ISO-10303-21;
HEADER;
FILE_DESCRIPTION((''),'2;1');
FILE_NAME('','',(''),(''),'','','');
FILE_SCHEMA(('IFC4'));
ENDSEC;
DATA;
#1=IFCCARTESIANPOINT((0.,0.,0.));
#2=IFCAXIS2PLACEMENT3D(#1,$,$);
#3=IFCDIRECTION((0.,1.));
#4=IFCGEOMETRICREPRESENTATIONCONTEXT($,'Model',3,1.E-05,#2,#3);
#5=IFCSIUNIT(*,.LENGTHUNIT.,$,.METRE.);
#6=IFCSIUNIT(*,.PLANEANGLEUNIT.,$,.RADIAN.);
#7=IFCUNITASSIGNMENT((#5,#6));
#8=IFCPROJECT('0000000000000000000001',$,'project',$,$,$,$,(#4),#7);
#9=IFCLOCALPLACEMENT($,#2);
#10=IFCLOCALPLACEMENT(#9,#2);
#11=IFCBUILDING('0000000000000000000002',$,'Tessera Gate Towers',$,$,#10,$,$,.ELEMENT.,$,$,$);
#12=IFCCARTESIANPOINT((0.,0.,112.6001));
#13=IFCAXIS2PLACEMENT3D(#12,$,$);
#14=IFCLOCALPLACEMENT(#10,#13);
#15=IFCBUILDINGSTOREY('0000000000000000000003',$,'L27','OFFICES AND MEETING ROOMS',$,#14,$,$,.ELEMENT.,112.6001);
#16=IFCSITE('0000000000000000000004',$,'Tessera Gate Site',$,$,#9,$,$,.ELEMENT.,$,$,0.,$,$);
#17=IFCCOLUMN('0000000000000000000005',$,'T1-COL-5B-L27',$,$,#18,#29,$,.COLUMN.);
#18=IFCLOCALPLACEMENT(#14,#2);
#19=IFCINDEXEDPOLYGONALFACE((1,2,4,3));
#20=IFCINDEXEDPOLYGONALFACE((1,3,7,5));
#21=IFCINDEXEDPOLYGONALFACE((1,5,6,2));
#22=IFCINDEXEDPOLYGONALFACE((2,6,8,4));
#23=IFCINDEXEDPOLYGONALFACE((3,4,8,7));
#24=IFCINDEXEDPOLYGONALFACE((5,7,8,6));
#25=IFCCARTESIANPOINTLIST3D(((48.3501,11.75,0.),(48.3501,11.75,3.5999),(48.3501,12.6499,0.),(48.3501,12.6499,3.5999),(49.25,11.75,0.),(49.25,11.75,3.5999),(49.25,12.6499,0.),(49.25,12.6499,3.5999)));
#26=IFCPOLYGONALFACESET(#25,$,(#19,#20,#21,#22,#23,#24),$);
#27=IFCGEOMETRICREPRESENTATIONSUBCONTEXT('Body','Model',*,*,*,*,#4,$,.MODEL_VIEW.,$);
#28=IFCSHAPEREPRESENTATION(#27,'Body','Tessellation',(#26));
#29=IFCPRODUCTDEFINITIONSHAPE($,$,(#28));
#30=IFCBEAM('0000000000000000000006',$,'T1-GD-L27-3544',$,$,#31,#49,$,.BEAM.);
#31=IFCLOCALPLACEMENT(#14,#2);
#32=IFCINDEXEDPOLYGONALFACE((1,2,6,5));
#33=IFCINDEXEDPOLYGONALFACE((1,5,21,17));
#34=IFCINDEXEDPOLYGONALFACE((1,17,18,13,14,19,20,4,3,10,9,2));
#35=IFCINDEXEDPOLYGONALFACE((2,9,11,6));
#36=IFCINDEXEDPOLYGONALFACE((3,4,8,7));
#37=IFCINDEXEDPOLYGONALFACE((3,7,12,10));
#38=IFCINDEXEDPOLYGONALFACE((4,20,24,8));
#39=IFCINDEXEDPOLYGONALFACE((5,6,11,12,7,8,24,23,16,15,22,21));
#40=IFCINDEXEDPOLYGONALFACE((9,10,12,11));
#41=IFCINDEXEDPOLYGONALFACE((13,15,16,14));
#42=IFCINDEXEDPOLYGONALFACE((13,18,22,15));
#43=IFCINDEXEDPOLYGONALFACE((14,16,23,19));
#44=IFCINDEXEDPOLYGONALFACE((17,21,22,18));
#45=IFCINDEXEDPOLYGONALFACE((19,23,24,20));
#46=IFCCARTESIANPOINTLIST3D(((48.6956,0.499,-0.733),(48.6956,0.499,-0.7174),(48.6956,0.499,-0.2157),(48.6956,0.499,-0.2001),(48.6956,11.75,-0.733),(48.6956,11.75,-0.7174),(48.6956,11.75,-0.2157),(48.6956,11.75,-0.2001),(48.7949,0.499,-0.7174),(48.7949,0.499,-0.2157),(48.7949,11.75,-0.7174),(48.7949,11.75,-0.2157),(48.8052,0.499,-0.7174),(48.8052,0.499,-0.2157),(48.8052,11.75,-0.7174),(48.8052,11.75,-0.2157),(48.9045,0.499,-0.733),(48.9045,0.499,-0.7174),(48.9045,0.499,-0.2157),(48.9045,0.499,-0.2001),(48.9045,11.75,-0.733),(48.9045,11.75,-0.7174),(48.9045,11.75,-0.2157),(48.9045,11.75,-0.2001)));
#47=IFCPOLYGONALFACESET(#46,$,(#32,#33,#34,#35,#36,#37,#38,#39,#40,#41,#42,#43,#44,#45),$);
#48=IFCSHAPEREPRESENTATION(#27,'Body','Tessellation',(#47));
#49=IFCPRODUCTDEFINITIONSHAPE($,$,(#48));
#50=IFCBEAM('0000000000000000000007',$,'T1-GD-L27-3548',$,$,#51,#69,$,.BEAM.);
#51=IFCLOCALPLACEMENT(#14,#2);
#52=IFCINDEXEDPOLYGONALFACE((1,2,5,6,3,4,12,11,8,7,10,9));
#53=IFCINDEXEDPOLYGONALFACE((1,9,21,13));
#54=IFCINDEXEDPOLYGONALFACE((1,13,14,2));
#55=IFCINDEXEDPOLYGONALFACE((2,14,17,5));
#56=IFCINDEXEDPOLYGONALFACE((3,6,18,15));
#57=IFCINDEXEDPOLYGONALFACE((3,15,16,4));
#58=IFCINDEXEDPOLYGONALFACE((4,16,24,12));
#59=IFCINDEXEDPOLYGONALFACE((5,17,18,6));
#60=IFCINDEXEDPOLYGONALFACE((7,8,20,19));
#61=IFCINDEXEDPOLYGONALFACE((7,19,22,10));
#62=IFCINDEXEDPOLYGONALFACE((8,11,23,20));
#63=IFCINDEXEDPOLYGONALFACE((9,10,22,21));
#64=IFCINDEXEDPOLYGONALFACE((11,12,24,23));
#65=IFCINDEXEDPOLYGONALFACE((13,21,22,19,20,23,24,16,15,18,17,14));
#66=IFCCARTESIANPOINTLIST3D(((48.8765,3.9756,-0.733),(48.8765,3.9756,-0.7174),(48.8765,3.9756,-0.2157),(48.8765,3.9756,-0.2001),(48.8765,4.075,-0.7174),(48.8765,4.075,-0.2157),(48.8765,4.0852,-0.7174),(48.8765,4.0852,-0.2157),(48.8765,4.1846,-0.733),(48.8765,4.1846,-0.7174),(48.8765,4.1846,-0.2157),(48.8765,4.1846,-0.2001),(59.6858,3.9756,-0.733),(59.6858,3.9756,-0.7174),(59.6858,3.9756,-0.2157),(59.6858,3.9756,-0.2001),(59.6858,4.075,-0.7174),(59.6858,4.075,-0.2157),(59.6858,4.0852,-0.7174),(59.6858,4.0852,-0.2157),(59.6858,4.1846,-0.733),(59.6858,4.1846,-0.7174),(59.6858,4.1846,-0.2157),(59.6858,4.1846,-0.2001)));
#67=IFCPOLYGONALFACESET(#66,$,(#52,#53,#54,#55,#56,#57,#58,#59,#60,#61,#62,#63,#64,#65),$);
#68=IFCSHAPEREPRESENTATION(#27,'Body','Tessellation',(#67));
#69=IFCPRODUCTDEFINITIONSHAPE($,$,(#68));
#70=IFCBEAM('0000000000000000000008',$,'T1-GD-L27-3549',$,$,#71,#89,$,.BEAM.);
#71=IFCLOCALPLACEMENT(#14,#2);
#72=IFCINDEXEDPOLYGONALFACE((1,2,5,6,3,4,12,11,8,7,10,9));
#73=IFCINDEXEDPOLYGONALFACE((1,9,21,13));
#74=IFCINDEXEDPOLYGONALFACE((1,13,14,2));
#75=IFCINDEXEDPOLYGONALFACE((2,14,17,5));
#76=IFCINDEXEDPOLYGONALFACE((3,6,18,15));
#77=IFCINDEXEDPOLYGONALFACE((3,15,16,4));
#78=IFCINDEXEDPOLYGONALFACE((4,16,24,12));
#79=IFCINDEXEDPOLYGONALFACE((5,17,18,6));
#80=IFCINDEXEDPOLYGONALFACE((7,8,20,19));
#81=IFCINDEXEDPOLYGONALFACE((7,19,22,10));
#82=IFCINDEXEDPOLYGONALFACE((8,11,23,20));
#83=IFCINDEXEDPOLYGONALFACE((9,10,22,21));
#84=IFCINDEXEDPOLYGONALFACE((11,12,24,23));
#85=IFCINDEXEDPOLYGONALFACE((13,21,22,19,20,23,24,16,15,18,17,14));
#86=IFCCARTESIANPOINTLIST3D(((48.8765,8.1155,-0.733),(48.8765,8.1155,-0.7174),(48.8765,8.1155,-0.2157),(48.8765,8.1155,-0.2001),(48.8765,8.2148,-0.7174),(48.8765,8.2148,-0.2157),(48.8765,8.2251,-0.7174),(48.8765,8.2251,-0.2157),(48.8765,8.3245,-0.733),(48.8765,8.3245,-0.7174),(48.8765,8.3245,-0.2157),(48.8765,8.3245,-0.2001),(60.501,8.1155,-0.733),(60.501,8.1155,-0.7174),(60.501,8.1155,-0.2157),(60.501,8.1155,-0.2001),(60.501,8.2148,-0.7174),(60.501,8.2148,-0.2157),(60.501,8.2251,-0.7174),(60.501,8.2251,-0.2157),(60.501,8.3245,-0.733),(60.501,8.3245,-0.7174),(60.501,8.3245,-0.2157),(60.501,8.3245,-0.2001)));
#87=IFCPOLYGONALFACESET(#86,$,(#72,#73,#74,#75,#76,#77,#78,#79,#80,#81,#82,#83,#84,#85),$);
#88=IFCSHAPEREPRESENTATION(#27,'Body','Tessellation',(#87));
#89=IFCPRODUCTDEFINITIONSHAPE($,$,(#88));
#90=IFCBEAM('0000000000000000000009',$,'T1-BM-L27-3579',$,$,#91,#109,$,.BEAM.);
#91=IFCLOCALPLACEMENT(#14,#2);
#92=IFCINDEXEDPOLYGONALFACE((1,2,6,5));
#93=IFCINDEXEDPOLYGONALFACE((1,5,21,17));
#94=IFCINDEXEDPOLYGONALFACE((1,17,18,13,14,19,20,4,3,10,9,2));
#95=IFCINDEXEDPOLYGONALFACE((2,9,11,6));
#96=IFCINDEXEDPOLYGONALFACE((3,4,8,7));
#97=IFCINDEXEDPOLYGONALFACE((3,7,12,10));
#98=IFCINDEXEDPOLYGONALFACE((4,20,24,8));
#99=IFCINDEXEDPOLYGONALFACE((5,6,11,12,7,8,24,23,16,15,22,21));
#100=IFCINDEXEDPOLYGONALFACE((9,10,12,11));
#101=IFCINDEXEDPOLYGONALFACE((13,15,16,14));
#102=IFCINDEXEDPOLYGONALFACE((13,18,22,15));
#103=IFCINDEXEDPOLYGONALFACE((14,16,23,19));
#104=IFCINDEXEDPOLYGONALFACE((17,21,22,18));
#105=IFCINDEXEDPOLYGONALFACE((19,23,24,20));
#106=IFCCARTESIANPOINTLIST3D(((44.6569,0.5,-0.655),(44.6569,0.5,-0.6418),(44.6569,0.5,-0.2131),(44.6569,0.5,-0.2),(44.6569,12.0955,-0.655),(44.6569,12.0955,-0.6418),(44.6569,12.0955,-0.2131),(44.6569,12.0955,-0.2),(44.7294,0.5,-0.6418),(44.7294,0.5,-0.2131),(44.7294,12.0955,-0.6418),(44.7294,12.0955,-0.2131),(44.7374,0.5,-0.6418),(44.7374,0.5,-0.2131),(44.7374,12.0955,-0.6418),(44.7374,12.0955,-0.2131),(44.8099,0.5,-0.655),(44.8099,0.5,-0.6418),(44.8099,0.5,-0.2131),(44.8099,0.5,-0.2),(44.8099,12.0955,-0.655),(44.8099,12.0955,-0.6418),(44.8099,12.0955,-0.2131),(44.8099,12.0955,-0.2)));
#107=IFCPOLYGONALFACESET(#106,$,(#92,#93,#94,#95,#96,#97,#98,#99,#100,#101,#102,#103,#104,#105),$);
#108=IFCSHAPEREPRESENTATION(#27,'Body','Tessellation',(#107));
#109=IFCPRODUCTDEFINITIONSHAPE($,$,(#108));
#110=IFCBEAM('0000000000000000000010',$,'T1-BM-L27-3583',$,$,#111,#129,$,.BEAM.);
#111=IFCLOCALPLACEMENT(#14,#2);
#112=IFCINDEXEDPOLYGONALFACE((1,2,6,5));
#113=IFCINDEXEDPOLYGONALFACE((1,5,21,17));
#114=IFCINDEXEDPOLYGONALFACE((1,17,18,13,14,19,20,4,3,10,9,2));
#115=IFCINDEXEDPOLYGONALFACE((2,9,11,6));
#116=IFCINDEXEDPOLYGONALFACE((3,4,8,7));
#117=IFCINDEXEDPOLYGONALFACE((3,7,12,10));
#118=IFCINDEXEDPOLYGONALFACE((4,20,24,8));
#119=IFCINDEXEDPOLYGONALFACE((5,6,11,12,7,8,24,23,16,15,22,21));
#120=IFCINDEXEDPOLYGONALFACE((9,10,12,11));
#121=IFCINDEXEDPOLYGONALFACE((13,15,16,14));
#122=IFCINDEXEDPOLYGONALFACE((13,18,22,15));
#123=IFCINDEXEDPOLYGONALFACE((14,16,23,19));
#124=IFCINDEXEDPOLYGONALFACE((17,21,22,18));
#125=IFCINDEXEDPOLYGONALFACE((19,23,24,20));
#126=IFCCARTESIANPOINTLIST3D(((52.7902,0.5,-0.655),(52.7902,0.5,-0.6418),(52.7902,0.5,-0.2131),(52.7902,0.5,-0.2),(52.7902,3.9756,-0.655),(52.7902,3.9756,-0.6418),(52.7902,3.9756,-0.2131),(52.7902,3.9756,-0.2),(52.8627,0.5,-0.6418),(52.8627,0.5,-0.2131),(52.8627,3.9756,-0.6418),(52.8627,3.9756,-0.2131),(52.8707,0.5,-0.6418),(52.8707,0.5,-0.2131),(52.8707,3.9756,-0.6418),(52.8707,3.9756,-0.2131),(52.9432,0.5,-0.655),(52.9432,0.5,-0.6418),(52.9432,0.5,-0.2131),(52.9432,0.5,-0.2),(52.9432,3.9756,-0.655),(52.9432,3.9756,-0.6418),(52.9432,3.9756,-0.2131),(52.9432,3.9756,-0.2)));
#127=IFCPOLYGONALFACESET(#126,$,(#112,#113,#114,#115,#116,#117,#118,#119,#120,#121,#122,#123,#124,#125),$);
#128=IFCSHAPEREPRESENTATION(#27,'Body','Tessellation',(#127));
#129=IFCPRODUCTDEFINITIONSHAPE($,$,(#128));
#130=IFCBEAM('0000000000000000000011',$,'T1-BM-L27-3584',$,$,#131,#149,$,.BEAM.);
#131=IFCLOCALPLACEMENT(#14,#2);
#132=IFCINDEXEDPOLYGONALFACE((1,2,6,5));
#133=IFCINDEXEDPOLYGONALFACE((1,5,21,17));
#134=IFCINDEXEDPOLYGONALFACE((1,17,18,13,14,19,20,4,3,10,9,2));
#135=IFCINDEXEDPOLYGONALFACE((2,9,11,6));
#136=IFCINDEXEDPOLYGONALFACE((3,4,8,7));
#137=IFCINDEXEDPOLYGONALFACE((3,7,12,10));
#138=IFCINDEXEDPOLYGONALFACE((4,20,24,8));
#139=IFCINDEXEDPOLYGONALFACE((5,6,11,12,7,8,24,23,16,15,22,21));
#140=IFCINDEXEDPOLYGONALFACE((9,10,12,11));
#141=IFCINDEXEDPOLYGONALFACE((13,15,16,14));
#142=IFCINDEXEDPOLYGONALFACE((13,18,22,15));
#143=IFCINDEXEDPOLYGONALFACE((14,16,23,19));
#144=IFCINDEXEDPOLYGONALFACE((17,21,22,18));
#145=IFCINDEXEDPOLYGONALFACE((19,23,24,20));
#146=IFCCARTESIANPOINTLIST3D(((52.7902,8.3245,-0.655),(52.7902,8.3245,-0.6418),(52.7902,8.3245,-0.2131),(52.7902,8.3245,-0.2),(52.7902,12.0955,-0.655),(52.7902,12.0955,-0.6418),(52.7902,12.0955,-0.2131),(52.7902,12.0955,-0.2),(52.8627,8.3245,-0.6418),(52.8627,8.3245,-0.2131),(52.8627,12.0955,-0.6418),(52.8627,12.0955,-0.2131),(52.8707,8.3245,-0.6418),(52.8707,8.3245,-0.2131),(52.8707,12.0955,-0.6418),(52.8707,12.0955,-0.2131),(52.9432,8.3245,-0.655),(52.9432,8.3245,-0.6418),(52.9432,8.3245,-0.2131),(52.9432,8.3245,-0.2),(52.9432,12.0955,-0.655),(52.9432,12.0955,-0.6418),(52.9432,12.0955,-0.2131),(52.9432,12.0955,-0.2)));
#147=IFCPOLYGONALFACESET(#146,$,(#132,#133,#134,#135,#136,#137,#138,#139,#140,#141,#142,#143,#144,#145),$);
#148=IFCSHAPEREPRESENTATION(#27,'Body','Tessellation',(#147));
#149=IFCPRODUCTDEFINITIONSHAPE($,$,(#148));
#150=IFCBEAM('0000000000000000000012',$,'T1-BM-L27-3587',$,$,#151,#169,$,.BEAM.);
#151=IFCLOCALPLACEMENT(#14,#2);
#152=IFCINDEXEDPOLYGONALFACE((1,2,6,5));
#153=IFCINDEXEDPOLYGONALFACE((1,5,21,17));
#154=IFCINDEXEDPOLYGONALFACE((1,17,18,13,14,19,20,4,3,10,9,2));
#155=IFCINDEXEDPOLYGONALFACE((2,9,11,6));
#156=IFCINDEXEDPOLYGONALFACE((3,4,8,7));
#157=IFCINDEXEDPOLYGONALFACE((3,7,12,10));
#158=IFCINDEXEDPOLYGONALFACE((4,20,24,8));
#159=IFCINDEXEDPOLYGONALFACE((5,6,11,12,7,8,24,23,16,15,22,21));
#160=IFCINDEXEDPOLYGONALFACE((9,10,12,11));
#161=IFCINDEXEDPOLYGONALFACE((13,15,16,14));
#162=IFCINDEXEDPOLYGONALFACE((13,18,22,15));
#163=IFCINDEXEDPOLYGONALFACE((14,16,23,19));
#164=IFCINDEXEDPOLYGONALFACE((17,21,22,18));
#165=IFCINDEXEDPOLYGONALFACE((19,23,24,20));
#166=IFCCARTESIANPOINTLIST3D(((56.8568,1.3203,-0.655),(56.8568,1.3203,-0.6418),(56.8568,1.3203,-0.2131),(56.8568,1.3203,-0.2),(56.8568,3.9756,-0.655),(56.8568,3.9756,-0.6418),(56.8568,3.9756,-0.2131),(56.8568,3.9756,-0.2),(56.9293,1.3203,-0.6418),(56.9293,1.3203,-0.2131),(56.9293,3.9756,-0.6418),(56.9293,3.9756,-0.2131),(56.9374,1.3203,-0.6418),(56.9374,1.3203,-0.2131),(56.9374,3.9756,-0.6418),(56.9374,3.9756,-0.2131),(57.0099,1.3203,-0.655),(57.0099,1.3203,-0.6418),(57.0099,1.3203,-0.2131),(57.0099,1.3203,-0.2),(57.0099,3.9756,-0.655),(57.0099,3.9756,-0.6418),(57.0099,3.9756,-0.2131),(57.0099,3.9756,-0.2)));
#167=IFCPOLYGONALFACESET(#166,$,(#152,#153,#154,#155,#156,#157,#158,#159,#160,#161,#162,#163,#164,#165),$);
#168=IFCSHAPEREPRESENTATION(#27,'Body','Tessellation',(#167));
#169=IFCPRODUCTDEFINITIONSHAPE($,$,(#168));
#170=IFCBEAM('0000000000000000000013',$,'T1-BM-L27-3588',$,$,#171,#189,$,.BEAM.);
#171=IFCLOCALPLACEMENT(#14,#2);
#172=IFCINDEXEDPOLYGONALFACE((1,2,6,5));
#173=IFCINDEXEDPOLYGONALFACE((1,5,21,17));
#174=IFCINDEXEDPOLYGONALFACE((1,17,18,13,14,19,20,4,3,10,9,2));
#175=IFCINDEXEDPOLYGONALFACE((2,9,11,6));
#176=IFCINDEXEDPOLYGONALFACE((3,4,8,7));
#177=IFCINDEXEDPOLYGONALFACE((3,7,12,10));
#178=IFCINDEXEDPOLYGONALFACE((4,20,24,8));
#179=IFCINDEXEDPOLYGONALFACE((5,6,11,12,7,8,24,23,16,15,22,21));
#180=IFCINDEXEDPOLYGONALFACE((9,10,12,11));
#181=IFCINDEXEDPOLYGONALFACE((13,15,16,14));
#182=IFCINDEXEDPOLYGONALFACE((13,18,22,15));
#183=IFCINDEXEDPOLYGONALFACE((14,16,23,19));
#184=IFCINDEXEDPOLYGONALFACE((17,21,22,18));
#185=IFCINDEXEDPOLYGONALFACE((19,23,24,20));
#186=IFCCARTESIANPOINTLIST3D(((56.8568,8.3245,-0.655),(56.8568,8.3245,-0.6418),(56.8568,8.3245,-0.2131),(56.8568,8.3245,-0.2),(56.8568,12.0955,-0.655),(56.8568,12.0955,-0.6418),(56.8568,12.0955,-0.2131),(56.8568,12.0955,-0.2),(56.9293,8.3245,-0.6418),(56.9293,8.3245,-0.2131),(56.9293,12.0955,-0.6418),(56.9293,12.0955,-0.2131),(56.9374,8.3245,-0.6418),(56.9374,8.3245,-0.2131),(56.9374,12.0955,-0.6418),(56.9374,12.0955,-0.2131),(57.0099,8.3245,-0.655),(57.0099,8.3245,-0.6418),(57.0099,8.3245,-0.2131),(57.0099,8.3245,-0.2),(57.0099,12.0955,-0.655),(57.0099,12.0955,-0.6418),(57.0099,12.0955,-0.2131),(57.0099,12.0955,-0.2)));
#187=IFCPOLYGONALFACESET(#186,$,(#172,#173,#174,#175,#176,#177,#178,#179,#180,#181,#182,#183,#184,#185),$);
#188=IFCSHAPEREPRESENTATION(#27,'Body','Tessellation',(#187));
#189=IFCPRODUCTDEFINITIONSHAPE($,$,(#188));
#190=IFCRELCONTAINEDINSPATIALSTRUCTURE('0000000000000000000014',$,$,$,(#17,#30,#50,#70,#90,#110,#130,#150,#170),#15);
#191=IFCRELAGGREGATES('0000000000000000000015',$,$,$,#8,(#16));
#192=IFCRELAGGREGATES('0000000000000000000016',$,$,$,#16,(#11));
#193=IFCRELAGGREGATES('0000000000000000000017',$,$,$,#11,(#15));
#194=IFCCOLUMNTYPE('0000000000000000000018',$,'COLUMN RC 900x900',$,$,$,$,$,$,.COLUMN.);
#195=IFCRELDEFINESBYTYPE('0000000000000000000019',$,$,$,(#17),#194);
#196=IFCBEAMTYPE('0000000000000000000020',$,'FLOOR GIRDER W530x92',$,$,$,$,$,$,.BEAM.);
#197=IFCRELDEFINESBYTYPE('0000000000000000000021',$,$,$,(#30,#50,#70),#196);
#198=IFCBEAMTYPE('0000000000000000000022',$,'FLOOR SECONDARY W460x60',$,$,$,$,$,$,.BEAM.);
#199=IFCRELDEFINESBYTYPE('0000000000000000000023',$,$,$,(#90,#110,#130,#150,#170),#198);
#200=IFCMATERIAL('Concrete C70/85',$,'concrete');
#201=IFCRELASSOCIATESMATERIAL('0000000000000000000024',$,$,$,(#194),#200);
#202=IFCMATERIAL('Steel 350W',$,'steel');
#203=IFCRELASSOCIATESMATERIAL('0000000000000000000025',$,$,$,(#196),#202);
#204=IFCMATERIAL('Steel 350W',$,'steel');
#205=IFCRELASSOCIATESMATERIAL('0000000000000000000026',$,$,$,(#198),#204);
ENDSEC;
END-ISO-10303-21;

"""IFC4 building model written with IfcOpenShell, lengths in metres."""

from ifc_helpers import new_model, si_unit, direction, frame, origin, origin_2d, place, context, subcontext, project, spatial, rectangle, i_section, extrude, material, material_profile, profile_set, type_object, element, save


model = new_model("IFC4")

# Units and contexts
model_context = context("Model", 3, precision=1e-05, world=origin(), true_north=direction((0.0, 1.0)))
body_context = subcontext(model_context, "Body", "Model", "MODEL_VIEW")
ifc_project = project(units=[si_unit("LENGTHUNIT", "METRE"), si_unit("PLANEANGLEUNIT", "RADIAN")], contexts=[model_context])

# Site, building, storey
site_placement = place(None, origin())
site = spatial("IfcSite", under=ifc_project, at=site_placement, Name="Tessera Gate Site", CompositionType="ELEMENT", RefElevation=0.0)
building_placement = place(site_placement, origin())
building = spatial("IfcBuilding", under=site, at=building_placement, Name="Tessera Gate Towers", CompositionType="ELEMENT")
storey_placement = place(building_placement, frame((0.0, 0.0, 112.6001)))
storey = spatial("IfcBuildingStorey", under=building, at=storey_placement, Name="L27", Description="OFFICES AND MEETING ROOMS", CompositionType="ELEMENT", Elevation=112.6001)

# Column
ifc_material_1 = material(Name="Concrete C70/85", Category="concrete")
ifc_material_profile_1 = material_profile(ifc_material_1, rectangle(XDim=0.8999, YDim=0.8999, at=origin_2d()), Name="RC 900x900")
ifc_profile_set_1 = profile_set([ifc_material_profile_1], Name="Concrete C70/85")
column_type = type_object("IfcColumnType", Name="COLUMN RC 900x900", PredefinedType="COLUMN", material=ifc_profile_set_1)
column_placement = place(storey_placement, frame((48.8, 12.2, 0.0), z_axis=(0.0, 0.0, 1.0), x_axis=(1.0, 0.0, 0.0)))
element("IfcColumn", 1, at=column_placement, inside=storey, type_object=column_type, Name="T1-COL-5B-L27", PredefinedType="COLUMN", context=body_context, shape_type="SweptSolid", body=[
    extrude(rectangle(XDim=0.8999, YDim=0.8999, at=origin_2d()), origin(), (0.0, 0.0, 1.0), 3.5999),
])

# Beams
ifc_material_2 = material(Name="Steel 350W", Category="steel")
ifc_material_profile_2 = material_profile(ifc_material_2, i_section(OverallWidth=0.209, OverallDepth=0.533, WebThickness=0.0103, FlangeThickness=0.0156, at=origin_2d()), Name="W530x92")
ifc_profile_set_2 = profile_set([ifc_material_profile_2], Name="Steel 350W")
beam_type_1 = type_object("IfcBeamType", Name="FLOOR GIRDER W530x92", PredefinedType="BEAM", material=ifc_profile_set_2)
beam_1_placement = place(storey_placement, frame((48.8, 0.499, -0.4666), z_axis=(0.0, 1.0, 0.0), x_axis=(-1.0, 0.0, 0.0)))
element("IfcBeam", 2, at=beam_1_placement, inside=storey, type_object=beam_type_1, Name="T1-GD-L27-3544", PredefinedType="BEAM", context=body_context, shape_type="SweptSolid", body=[
    extrude(i_section(OverallWidth=0.209, OverallDepth=0.533, WebThickness=0.0103, FlangeThickness=0.0156, at=origin_2d()), origin(), (0.0, 0.0, 1.0), 11.251),
])
beam_2_placement = place(storey_placement, frame((48.8765, 4.0801, -0.4666), z_axis=(1.0, 0.0, 0.0), x_axis=(0.0, 1.0, 0.0)))
element("IfcBeam", 3, at=beam_2_placement, inside=storey, type_object=beam_type_1, Name="T1-GD-L27-3548", PredefinedType="BEAM", context=body_context, shape_type="SweptSolid", body=[
    extrude(i_section(OverallWidth=0.209, OverallDepth=0.533, WebThickness=0.0103, FlangeThickness=0.0156, at=origin_2d()), origin(), (0.0, 0.0, 1.0), 10.8093),
])
beam_3_placement = place(storey_placement, frame((48.8765, 8.22, -0.4666), z_axis=(1.0, 0.0, 0.0), x_axis=(0.0, 1.0, 0.0)))
element("IfcBeam", 4, at=beam_3_placement, inside=storey, type_object=beam_type_1, Name="T1-GD-L27-3549", PredefinedType="BEAM", context=body_context, shape_type="SweptSolid", body=[
    extrude(i_section(OverallWidth=0.209, OverallDepth=0.533, WebThickness=0.0103, FlangeThickness=0.0156, at=origin_2d()), origin(), (0.0, 0.0, 1.0), 11.6245),
])
ifc_material_3 = material(Name="Steel 350W", Category="steel")
ifc_material_profile_3 = material_profile(ifc_material_3, i_section(OverallWidth=0.1531, OverallDepth=0.4551, WebThickness=0.0081, FlangeThickness=0.0132, at=origin_2d()), Name="W460x60")
ifc_profile_set_3 = profile_set([ifc_material_profile_3], Name="Steel 350W")
beam_type_2 = type_object("IfcBeamType", Name="FLOOR SECONDARY W460x60", PredefinedType="BEAM", material=ifc_profile_set_3)
beam_4_placement = place(storey_placement, frame((44.7334, 0.5, -0.4275), z_axis=(0.0, 1.0, 0.0), x_axis=(-1.0, 0.0, 0.0)))
element("IfcBeam", 5, at=beam_4_placement, inside=storey, type_object=beam_type_2, Name="T1-BM-L27-3579", PredefinedType="BEAM", context=body_context, shape_type="SweptSolid", body=[
    extrude(i_section(OverallWidth=0.1531, OverallDepth=0.4551, WebThickness=0.0081, FlangeThickness=0.0132, at=origin_2d()), origin(), (0.0, 0.0, 1.0), 11.5955),
])
beam_5_placement = place(storey_placement, frame((52.8667, 0.5, -0.4275), z_axis=(0.0, 1.0, 0.0), x_axis=(-1.0, 0.0, 0.0)))
element("IfcBeam", 6, at=beam_5_placement, inside=storey, type_object=beam_type_2, Name="T1-BM-L27-3583", PredefinedType="BEAM", context=body_context, shape_type="SweptSolid", body=[
    extrude(i_section(OverallWidth=0.1531, OverallDepth=0.4551, WebThickness=0.0081, FlangeThickness=0.0132, at=origin_2d()), origin(), (0.0, 0.0, 1.0), 3.4756),
])
beam_6_placement = place(storey_placement, frame((52.8667, 8.3245, -0.4275), z_axis=(0.0, 1.0, 0.0), x_axis=(-1.0, 0.0, 0.0)))
element("IfcBeam", 7, at=beam_6_placement, inside=storey, type_object=beam_type_2, Name="T1-BM-L27-3584", PredefinedType="BEAM", context=body_context, shape_type="SweptSolid", body=[
    extrude(i_section(OverallWidth=0.1531, OverallDepth=0.4551, WebThickness=0.0081, FlangeThickness=0.0132, at=origin_2d()), origin(), (0.0, 0.0, 1.0), 3.771),
])
beam_7_placement = place(storey_placement, frame((56.9333, 1.3203, -0.4275), z_axis=(0.0, 1.0, 0.0), x_axis=(-1.0, 0.0, 0.0)))
element("IfcBeam", 8, at=beam_7_placement, inside=storey, type_object=beam_type_2, Name="T1-BM-L27-3587", PredefinedType="BEAM", context=body_context, shape_type="SweptSolid", body=[
    extrude(i_section(OverallWidth=0.1531, OverallDepth=0.4551, WebThickness=0.0081, FlangeThickness=0.0132, at=origin_2d()), origin(), (0.0, 0.0, 1.0), 2.6553),
])
beam_8_placement = place(storey_placement, frame((56.9333, 8.3245, -0.4275), z_axis=(0.0, 1.0, 0.0), x_axis=(-1.0, 0.0, 0.0)))
element("IfcBeam", 9, at=beam_8_placement, inside=storey, type_object=beam_type_2, Name="T1-BM-L27-3588", PredefinedType="BEAM", context=body_context, shape_type="SweptSolid", body=[
    extrude(i_section(OverallWidth=0.1531, OverallDepth=0.4551, WebThickness=0.0081, FlangeThickness=0.0132, at=origin_2d()), origin(), (0.0, 0.0, 1.0), 3.771),
])

save(model, "model.ifc")
